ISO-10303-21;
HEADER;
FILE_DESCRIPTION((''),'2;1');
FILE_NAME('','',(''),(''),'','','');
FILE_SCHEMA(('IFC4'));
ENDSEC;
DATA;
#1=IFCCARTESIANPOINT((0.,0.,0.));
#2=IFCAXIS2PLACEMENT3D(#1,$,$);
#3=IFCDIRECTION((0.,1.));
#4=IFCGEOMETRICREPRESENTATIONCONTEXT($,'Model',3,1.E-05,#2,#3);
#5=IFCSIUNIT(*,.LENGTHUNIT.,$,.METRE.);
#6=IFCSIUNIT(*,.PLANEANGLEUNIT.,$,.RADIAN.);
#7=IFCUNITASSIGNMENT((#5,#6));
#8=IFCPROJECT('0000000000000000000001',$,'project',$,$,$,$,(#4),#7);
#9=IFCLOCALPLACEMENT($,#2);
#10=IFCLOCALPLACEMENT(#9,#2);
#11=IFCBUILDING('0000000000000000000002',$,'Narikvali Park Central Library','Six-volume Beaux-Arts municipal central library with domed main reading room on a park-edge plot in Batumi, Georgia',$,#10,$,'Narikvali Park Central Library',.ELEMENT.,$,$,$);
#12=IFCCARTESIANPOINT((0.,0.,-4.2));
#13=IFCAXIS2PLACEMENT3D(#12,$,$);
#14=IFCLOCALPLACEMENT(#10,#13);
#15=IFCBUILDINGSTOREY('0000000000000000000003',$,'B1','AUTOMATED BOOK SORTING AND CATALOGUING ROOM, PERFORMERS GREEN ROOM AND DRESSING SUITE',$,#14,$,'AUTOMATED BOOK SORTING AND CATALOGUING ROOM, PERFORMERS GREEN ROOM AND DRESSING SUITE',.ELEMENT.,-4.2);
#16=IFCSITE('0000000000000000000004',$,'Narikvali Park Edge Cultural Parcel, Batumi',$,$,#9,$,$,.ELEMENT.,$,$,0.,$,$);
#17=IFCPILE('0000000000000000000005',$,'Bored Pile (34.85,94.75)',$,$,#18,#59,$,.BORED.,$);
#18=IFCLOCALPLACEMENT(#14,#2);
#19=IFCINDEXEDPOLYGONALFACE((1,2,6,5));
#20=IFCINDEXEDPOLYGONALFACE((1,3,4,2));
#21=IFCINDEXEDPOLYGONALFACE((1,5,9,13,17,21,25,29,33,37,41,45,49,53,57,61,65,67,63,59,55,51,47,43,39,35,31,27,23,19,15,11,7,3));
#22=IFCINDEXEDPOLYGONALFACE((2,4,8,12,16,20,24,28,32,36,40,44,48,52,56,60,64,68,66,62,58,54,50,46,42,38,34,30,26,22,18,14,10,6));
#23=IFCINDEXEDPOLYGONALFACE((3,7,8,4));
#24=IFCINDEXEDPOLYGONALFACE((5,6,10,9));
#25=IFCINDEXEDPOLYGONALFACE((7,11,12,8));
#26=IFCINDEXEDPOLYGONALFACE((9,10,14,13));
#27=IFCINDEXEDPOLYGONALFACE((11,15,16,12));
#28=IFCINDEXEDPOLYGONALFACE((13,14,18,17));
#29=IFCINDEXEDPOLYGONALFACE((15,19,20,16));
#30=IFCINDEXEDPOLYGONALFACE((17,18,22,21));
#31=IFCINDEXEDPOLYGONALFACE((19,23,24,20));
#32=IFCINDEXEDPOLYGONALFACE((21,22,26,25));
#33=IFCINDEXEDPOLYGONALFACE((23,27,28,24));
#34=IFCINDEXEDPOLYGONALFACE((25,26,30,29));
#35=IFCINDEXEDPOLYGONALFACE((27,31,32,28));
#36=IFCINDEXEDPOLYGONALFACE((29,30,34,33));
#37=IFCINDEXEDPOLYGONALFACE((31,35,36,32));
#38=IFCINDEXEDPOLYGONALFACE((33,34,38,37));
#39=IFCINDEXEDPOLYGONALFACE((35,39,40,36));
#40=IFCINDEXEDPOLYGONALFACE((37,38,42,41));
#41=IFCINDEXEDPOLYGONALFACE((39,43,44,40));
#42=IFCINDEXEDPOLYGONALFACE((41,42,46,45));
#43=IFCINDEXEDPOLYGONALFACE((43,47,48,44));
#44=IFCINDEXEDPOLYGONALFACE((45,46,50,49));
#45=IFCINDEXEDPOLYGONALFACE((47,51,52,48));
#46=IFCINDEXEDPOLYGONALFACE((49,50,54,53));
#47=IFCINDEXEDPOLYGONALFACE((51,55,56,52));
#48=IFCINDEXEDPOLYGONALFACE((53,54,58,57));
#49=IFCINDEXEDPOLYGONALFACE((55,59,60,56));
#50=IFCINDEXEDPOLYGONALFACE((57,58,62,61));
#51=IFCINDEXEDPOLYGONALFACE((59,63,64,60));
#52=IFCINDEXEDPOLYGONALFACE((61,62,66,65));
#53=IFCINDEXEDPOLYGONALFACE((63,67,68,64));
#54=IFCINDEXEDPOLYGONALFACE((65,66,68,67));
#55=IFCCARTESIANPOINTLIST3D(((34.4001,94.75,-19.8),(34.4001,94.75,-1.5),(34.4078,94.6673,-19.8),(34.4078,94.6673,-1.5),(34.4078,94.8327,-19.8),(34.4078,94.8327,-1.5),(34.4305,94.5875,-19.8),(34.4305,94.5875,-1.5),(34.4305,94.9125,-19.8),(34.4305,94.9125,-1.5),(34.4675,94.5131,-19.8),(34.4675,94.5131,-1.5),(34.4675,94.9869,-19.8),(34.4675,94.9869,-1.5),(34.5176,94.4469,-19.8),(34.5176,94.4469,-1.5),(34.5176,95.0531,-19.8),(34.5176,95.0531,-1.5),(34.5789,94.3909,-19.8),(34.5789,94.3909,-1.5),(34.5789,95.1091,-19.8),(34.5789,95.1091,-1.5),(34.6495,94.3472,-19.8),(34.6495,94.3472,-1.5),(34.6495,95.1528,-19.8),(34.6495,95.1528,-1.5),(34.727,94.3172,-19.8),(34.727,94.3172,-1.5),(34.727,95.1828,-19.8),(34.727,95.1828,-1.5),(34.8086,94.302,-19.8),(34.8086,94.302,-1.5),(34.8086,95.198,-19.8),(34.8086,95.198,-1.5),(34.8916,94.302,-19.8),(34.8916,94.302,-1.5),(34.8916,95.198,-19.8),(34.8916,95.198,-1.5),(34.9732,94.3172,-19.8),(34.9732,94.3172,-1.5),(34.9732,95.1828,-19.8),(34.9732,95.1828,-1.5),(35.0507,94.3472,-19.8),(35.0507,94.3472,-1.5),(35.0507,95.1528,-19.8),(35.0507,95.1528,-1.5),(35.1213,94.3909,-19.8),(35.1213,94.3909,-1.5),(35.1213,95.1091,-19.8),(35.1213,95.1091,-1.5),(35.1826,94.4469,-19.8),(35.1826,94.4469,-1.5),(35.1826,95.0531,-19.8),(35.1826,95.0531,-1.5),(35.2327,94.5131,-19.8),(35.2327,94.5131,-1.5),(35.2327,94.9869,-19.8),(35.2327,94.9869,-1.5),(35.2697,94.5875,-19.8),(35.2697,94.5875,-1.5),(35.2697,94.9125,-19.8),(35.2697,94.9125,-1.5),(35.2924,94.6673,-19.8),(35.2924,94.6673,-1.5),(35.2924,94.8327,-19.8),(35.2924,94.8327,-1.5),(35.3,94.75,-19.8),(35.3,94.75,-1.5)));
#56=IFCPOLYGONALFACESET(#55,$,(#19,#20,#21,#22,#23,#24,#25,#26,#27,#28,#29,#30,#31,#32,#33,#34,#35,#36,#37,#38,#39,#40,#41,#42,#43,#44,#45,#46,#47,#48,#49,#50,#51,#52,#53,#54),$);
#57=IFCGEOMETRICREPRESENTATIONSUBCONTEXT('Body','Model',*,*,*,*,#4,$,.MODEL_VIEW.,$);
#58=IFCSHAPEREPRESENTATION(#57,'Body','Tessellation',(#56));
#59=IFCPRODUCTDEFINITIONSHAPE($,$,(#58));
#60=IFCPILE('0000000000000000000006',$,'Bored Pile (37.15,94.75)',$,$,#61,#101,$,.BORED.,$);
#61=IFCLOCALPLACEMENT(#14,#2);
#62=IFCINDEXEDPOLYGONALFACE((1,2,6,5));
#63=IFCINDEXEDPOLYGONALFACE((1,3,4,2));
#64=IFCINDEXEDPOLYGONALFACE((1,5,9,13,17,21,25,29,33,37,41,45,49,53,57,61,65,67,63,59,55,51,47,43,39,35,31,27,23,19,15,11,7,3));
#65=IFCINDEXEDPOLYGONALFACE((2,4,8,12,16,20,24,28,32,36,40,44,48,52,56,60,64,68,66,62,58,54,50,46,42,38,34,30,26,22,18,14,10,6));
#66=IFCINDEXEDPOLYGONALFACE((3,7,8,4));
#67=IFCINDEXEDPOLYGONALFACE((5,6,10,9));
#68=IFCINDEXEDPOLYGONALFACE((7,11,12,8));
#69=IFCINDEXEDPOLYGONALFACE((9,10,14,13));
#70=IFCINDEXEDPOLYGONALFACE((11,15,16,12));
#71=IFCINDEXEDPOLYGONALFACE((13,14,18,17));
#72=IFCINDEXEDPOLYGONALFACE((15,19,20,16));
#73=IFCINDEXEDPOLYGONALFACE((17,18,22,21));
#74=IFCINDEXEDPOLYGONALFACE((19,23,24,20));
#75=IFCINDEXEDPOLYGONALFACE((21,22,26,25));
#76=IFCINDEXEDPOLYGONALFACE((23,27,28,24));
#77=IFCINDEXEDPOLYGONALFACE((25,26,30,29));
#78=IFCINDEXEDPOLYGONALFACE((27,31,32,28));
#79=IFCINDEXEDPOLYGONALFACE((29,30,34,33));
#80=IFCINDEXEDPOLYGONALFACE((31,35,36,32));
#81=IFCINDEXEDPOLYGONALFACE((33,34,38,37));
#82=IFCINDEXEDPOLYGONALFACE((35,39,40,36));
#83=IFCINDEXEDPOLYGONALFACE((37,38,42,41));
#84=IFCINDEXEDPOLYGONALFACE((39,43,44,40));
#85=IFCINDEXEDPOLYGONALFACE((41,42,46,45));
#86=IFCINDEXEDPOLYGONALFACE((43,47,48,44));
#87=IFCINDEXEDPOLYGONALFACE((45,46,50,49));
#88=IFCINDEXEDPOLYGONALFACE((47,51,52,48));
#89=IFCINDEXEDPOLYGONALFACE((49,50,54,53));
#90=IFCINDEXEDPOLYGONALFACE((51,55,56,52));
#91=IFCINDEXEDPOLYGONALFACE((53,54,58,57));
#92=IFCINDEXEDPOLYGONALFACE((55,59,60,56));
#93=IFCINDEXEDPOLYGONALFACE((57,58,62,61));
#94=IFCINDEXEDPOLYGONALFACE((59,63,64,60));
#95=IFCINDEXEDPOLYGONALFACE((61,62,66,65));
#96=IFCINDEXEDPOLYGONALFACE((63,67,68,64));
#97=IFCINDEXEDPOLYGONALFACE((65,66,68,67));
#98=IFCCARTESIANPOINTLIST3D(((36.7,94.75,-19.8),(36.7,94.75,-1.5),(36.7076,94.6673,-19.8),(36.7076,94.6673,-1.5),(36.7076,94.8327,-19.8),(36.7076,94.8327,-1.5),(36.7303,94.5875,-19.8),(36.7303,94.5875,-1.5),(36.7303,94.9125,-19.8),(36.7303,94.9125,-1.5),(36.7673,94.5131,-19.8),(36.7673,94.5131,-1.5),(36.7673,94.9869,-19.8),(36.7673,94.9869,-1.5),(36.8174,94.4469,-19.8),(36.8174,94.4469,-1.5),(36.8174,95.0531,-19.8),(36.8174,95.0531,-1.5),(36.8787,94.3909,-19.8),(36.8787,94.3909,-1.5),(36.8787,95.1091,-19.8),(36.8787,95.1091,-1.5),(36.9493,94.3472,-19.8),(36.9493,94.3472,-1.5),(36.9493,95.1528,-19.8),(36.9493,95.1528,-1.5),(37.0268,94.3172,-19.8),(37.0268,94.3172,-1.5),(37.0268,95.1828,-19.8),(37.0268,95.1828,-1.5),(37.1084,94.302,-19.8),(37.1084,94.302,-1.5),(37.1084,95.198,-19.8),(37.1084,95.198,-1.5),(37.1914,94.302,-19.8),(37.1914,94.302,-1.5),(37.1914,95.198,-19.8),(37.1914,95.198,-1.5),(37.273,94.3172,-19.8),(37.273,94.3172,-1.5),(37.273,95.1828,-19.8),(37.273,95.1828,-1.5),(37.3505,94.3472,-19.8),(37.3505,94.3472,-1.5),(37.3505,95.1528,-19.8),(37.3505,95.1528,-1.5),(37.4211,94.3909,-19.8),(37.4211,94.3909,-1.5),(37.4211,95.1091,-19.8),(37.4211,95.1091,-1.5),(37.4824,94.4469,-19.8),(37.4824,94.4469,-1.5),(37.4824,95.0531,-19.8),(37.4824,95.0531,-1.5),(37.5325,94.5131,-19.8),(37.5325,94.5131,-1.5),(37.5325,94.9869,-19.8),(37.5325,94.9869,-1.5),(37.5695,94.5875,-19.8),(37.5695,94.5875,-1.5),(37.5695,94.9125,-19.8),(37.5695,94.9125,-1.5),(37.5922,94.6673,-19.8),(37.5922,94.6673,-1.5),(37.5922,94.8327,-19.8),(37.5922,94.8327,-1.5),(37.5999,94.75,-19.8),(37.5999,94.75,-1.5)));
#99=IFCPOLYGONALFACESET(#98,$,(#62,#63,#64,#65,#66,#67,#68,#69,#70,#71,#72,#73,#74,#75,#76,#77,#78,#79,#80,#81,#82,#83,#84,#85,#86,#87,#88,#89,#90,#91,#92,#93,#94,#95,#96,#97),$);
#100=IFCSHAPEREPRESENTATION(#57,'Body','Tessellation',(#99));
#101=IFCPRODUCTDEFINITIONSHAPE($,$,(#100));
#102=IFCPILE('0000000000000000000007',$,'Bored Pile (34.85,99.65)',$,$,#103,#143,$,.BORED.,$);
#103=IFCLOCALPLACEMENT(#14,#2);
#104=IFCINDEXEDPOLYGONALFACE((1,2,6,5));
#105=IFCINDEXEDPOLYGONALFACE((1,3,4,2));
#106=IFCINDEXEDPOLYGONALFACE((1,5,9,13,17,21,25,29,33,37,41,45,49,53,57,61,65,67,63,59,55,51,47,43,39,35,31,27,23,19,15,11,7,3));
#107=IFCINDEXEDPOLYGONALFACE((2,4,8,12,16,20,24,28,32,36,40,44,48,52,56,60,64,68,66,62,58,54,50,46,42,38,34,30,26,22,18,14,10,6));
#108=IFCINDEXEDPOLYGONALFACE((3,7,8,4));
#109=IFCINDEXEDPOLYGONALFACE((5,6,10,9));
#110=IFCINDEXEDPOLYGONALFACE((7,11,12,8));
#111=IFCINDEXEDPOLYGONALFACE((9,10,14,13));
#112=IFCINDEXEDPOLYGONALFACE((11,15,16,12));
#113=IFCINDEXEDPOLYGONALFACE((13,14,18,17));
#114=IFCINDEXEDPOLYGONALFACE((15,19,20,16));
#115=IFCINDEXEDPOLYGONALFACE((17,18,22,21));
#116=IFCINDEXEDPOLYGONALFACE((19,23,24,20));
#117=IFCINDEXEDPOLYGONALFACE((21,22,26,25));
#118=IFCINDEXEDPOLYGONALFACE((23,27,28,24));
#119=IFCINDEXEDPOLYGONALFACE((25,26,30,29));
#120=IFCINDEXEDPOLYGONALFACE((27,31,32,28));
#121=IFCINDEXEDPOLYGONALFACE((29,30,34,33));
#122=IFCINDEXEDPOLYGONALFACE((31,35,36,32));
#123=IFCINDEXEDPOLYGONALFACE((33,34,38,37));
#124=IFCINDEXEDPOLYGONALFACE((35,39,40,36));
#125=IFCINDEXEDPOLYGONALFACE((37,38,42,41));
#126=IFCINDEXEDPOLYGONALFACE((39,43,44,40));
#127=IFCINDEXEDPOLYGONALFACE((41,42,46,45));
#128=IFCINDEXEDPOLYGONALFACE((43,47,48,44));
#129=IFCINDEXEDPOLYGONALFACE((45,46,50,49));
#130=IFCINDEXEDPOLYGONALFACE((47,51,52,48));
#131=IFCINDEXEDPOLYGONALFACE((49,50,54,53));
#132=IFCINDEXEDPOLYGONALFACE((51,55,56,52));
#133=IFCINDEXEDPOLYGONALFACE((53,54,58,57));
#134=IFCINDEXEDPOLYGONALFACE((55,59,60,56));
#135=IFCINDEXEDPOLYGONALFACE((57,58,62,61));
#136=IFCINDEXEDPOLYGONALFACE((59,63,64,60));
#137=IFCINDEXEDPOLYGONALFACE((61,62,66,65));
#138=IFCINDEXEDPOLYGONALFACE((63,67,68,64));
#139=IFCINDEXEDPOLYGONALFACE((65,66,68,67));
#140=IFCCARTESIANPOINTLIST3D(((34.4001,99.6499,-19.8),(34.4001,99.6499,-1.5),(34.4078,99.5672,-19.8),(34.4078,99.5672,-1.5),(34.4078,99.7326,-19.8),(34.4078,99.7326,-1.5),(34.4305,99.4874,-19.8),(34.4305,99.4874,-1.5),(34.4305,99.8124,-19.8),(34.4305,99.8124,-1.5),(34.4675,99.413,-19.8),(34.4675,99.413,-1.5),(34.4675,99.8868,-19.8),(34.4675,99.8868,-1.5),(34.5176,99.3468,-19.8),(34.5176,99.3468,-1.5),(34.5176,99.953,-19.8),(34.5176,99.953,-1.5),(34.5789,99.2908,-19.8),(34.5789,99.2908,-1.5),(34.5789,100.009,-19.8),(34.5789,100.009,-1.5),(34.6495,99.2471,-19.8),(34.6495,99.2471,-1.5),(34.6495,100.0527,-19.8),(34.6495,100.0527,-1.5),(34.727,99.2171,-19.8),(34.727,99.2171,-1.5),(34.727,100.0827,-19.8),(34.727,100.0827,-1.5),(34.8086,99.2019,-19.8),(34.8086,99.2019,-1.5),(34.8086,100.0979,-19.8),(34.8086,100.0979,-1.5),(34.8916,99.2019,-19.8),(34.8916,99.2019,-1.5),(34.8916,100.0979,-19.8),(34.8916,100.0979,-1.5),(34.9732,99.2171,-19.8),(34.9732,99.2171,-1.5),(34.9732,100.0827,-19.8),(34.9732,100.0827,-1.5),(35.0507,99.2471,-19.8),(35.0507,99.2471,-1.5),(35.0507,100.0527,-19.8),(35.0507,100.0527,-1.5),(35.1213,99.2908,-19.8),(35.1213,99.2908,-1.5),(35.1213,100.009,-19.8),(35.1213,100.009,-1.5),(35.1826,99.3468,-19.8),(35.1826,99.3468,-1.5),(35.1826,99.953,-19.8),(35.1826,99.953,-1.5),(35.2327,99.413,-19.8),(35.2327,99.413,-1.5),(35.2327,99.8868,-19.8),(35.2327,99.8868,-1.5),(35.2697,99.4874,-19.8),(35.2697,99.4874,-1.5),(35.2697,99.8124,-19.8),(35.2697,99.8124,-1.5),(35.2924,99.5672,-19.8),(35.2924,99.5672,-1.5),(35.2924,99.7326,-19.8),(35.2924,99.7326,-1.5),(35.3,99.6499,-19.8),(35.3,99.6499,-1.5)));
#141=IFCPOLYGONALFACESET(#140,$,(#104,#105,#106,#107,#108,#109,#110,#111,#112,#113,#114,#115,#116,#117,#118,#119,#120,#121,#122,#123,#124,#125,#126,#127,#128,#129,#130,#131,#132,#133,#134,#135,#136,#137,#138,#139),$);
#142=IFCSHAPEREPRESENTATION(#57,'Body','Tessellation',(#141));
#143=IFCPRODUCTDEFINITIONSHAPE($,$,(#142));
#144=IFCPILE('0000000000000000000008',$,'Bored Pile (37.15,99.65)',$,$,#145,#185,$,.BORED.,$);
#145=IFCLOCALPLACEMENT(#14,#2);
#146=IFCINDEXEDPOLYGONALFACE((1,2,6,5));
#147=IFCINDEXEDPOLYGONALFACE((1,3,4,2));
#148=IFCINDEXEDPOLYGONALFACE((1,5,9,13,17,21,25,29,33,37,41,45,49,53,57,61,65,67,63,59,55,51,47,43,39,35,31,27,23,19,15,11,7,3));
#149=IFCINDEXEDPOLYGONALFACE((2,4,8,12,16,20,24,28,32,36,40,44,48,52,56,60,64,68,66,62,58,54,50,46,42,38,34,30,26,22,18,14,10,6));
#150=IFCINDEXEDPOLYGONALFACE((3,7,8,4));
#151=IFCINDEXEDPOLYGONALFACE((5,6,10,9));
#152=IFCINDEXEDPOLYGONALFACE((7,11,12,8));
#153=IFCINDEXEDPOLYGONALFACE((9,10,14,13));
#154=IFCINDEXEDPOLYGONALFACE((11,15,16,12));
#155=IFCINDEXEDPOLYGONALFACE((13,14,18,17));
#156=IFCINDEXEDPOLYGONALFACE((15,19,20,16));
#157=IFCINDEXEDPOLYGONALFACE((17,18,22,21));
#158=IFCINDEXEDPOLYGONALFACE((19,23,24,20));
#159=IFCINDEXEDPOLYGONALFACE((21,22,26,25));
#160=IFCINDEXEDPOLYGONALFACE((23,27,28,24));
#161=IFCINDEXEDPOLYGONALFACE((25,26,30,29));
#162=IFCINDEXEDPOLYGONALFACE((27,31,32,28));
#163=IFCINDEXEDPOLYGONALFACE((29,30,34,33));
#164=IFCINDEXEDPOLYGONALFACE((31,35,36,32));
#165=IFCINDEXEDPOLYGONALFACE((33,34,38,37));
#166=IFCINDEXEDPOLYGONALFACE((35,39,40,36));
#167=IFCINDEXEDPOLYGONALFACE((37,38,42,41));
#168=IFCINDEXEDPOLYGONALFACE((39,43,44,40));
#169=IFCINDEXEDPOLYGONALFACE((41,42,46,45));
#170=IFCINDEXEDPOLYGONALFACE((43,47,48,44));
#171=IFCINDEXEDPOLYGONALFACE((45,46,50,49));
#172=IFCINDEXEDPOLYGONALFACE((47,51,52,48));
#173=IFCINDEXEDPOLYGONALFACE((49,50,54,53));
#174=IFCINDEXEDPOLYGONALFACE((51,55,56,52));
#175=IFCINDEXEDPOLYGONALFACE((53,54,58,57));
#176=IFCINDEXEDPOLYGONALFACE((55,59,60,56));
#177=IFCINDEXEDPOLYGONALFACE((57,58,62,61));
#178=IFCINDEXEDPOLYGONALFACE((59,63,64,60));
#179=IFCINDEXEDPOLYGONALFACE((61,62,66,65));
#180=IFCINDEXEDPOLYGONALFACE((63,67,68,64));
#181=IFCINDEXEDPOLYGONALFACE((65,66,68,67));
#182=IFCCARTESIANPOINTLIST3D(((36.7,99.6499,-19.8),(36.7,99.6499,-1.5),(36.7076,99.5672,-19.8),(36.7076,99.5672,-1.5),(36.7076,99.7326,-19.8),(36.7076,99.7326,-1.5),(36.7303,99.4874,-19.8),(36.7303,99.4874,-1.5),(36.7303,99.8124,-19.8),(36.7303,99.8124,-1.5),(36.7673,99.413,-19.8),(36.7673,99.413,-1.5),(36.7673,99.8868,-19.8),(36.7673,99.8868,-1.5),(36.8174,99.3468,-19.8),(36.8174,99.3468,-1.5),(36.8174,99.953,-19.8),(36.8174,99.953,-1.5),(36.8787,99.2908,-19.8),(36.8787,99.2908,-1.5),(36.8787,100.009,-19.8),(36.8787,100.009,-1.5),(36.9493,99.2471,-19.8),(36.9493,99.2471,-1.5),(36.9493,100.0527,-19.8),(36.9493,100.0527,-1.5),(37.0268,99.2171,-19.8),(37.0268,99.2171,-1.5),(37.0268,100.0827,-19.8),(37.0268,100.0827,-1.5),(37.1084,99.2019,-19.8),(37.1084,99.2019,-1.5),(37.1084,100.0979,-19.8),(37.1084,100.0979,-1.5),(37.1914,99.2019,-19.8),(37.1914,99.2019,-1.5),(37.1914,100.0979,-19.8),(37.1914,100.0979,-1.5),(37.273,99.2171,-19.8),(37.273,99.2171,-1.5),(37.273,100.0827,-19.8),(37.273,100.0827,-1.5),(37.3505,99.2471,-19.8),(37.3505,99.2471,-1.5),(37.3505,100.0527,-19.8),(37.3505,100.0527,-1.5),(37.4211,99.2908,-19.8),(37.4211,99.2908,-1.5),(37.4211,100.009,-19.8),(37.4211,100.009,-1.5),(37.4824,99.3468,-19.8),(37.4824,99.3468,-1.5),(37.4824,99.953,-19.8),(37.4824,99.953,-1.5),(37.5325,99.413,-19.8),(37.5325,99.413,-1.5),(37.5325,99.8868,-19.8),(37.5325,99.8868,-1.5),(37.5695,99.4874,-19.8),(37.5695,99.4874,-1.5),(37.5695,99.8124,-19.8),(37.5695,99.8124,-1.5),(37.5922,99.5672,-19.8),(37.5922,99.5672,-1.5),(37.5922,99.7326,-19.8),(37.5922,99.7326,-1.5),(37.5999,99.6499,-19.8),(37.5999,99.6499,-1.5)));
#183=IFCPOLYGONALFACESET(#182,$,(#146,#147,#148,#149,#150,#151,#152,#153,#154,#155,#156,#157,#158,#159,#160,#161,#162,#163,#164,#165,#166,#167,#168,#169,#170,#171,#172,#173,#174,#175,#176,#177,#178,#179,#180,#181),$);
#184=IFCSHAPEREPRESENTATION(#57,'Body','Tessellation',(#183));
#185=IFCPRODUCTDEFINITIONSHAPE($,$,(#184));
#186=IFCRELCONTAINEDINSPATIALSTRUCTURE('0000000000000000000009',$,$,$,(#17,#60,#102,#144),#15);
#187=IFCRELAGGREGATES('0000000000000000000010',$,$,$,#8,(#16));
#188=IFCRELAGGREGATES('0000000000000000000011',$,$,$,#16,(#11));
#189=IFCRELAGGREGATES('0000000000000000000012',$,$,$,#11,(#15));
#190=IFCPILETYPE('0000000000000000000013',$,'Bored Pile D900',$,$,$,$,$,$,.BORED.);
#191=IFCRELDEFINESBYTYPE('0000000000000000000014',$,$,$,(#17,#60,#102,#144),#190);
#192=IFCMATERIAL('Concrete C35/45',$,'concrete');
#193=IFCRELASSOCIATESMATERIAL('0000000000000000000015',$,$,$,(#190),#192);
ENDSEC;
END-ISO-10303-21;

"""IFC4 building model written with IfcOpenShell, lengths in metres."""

from ifc_helpers import new_model, si_unit, direction, frame, origin, origin_2d, place, context, subcontext, project, spatial, circle, extrude, material, material_profile, profile_set, type_object, element, save


model = new_model("IFC4")

# Units and contexts
model_context = context("Model", 3, precision=1e-05, world=origin(), true_north=direction((0.0, 1.0)))
body_context = subcontext(model_context, "Body", "Model", "MODEL_VIEW")
ifc_project = project(units=[si_unit("LENGTHUNIT", "METRE"), si_unit("PLANEANGLEUNIT", "RADIAN")], contexts=[model_context])

# Site, building, storey
site_placement = place(None, origin())
site = spatial("IfcSite", under=ifc_project, at=site_placement, Name="Narikvali Park Edge Cultural Parcel, Batumi", CompositionType="ELEMENT", RefElevation=0.0)
building_placement = place(site_placement, origin())
building = spatial("IfcBuilding", under=site, at=building_placement, Name="Narikvali Park Central Library", Description="Six-volume Beaux-Arts municipal central library with domed main reading room on a park-edge plot in Batumi, Georgia", LongName="Narikvali Park Central Library", CompositionType="ELEMENT")
storey_placement = place(building_placement, frame((0.0, 0.0, -4.2)))
storey = spatial("IfcBuildingStorey", under=building, at=storey_placement, Name="B1", Description="AUTOMATED BOOK SORTING AND CATALOGUING ROOM, PERFORMERS GREEN ROOM AND DRESSING SUITE", LongName="AUTOMATED BOOK SORTING AND CATALOGUING ROOM, PERFORMERS GREEN ROOM AND DRESSING SUITE", CompositionType="ELEMENT", Elevation=-4.2)

# Piles
ifc_material_1 = material(Name="Concrete C35/45", Category="concrete")
ifc_material_profile_1 = material_profile(ifc_material_1, circle(Radius=0.45, at=origin_2d()), Name="PILE D900")
ifc_profile_set_1 = profile_set([ifc_material_profile_1], Name="Concrete C35/45")
pile_type = type_object("IfcPileType", Name="Bored Pile D900", PredefinedType="BORED", material=ifc_profile_set_1)
for number, where, z_axis, x_axis, name in (
    (1, (34.8501, 94.75, -1.5), (0.0, 0.0, -1.0), (1.0, 0.0, 0.0), "Bored Pile (34.85,94.75)"),
    (2, (37.1499, 94.75, -1.5), (0.0, 0.0, -1.0), (1.0, 0.0, 0.0), "Bored Pile (37.15,94.75)"),
    (3, (34.8501, 99.6499, -1.5), (0.0, 0.0, -1.0), (1.0, 0.0, 0.0), "Bored Pile (34.85,99.65)"),
    (4, (37.1499, 99.6499, -1.5), (0.0, 0.0, -1.0), (1.0, 0.0, 0.0), "Bored Pile (37.15,99.65)"),
):
    element("IfcPile", number, at=place(storey_placement, frame(where, z_axis=z_axis, x_axis=x_axis)), inside=storey, type_object=pile_type, Name=name, PredefinedType="BORED", context=body_context, shape_type="SweptSolid", body=[
        extrude(circle(Radius=0.45, at=origin_2d()), origin(), (0.0, 0.0, 1.0), 18.3),
    ])

save(model, "model.ifc")
